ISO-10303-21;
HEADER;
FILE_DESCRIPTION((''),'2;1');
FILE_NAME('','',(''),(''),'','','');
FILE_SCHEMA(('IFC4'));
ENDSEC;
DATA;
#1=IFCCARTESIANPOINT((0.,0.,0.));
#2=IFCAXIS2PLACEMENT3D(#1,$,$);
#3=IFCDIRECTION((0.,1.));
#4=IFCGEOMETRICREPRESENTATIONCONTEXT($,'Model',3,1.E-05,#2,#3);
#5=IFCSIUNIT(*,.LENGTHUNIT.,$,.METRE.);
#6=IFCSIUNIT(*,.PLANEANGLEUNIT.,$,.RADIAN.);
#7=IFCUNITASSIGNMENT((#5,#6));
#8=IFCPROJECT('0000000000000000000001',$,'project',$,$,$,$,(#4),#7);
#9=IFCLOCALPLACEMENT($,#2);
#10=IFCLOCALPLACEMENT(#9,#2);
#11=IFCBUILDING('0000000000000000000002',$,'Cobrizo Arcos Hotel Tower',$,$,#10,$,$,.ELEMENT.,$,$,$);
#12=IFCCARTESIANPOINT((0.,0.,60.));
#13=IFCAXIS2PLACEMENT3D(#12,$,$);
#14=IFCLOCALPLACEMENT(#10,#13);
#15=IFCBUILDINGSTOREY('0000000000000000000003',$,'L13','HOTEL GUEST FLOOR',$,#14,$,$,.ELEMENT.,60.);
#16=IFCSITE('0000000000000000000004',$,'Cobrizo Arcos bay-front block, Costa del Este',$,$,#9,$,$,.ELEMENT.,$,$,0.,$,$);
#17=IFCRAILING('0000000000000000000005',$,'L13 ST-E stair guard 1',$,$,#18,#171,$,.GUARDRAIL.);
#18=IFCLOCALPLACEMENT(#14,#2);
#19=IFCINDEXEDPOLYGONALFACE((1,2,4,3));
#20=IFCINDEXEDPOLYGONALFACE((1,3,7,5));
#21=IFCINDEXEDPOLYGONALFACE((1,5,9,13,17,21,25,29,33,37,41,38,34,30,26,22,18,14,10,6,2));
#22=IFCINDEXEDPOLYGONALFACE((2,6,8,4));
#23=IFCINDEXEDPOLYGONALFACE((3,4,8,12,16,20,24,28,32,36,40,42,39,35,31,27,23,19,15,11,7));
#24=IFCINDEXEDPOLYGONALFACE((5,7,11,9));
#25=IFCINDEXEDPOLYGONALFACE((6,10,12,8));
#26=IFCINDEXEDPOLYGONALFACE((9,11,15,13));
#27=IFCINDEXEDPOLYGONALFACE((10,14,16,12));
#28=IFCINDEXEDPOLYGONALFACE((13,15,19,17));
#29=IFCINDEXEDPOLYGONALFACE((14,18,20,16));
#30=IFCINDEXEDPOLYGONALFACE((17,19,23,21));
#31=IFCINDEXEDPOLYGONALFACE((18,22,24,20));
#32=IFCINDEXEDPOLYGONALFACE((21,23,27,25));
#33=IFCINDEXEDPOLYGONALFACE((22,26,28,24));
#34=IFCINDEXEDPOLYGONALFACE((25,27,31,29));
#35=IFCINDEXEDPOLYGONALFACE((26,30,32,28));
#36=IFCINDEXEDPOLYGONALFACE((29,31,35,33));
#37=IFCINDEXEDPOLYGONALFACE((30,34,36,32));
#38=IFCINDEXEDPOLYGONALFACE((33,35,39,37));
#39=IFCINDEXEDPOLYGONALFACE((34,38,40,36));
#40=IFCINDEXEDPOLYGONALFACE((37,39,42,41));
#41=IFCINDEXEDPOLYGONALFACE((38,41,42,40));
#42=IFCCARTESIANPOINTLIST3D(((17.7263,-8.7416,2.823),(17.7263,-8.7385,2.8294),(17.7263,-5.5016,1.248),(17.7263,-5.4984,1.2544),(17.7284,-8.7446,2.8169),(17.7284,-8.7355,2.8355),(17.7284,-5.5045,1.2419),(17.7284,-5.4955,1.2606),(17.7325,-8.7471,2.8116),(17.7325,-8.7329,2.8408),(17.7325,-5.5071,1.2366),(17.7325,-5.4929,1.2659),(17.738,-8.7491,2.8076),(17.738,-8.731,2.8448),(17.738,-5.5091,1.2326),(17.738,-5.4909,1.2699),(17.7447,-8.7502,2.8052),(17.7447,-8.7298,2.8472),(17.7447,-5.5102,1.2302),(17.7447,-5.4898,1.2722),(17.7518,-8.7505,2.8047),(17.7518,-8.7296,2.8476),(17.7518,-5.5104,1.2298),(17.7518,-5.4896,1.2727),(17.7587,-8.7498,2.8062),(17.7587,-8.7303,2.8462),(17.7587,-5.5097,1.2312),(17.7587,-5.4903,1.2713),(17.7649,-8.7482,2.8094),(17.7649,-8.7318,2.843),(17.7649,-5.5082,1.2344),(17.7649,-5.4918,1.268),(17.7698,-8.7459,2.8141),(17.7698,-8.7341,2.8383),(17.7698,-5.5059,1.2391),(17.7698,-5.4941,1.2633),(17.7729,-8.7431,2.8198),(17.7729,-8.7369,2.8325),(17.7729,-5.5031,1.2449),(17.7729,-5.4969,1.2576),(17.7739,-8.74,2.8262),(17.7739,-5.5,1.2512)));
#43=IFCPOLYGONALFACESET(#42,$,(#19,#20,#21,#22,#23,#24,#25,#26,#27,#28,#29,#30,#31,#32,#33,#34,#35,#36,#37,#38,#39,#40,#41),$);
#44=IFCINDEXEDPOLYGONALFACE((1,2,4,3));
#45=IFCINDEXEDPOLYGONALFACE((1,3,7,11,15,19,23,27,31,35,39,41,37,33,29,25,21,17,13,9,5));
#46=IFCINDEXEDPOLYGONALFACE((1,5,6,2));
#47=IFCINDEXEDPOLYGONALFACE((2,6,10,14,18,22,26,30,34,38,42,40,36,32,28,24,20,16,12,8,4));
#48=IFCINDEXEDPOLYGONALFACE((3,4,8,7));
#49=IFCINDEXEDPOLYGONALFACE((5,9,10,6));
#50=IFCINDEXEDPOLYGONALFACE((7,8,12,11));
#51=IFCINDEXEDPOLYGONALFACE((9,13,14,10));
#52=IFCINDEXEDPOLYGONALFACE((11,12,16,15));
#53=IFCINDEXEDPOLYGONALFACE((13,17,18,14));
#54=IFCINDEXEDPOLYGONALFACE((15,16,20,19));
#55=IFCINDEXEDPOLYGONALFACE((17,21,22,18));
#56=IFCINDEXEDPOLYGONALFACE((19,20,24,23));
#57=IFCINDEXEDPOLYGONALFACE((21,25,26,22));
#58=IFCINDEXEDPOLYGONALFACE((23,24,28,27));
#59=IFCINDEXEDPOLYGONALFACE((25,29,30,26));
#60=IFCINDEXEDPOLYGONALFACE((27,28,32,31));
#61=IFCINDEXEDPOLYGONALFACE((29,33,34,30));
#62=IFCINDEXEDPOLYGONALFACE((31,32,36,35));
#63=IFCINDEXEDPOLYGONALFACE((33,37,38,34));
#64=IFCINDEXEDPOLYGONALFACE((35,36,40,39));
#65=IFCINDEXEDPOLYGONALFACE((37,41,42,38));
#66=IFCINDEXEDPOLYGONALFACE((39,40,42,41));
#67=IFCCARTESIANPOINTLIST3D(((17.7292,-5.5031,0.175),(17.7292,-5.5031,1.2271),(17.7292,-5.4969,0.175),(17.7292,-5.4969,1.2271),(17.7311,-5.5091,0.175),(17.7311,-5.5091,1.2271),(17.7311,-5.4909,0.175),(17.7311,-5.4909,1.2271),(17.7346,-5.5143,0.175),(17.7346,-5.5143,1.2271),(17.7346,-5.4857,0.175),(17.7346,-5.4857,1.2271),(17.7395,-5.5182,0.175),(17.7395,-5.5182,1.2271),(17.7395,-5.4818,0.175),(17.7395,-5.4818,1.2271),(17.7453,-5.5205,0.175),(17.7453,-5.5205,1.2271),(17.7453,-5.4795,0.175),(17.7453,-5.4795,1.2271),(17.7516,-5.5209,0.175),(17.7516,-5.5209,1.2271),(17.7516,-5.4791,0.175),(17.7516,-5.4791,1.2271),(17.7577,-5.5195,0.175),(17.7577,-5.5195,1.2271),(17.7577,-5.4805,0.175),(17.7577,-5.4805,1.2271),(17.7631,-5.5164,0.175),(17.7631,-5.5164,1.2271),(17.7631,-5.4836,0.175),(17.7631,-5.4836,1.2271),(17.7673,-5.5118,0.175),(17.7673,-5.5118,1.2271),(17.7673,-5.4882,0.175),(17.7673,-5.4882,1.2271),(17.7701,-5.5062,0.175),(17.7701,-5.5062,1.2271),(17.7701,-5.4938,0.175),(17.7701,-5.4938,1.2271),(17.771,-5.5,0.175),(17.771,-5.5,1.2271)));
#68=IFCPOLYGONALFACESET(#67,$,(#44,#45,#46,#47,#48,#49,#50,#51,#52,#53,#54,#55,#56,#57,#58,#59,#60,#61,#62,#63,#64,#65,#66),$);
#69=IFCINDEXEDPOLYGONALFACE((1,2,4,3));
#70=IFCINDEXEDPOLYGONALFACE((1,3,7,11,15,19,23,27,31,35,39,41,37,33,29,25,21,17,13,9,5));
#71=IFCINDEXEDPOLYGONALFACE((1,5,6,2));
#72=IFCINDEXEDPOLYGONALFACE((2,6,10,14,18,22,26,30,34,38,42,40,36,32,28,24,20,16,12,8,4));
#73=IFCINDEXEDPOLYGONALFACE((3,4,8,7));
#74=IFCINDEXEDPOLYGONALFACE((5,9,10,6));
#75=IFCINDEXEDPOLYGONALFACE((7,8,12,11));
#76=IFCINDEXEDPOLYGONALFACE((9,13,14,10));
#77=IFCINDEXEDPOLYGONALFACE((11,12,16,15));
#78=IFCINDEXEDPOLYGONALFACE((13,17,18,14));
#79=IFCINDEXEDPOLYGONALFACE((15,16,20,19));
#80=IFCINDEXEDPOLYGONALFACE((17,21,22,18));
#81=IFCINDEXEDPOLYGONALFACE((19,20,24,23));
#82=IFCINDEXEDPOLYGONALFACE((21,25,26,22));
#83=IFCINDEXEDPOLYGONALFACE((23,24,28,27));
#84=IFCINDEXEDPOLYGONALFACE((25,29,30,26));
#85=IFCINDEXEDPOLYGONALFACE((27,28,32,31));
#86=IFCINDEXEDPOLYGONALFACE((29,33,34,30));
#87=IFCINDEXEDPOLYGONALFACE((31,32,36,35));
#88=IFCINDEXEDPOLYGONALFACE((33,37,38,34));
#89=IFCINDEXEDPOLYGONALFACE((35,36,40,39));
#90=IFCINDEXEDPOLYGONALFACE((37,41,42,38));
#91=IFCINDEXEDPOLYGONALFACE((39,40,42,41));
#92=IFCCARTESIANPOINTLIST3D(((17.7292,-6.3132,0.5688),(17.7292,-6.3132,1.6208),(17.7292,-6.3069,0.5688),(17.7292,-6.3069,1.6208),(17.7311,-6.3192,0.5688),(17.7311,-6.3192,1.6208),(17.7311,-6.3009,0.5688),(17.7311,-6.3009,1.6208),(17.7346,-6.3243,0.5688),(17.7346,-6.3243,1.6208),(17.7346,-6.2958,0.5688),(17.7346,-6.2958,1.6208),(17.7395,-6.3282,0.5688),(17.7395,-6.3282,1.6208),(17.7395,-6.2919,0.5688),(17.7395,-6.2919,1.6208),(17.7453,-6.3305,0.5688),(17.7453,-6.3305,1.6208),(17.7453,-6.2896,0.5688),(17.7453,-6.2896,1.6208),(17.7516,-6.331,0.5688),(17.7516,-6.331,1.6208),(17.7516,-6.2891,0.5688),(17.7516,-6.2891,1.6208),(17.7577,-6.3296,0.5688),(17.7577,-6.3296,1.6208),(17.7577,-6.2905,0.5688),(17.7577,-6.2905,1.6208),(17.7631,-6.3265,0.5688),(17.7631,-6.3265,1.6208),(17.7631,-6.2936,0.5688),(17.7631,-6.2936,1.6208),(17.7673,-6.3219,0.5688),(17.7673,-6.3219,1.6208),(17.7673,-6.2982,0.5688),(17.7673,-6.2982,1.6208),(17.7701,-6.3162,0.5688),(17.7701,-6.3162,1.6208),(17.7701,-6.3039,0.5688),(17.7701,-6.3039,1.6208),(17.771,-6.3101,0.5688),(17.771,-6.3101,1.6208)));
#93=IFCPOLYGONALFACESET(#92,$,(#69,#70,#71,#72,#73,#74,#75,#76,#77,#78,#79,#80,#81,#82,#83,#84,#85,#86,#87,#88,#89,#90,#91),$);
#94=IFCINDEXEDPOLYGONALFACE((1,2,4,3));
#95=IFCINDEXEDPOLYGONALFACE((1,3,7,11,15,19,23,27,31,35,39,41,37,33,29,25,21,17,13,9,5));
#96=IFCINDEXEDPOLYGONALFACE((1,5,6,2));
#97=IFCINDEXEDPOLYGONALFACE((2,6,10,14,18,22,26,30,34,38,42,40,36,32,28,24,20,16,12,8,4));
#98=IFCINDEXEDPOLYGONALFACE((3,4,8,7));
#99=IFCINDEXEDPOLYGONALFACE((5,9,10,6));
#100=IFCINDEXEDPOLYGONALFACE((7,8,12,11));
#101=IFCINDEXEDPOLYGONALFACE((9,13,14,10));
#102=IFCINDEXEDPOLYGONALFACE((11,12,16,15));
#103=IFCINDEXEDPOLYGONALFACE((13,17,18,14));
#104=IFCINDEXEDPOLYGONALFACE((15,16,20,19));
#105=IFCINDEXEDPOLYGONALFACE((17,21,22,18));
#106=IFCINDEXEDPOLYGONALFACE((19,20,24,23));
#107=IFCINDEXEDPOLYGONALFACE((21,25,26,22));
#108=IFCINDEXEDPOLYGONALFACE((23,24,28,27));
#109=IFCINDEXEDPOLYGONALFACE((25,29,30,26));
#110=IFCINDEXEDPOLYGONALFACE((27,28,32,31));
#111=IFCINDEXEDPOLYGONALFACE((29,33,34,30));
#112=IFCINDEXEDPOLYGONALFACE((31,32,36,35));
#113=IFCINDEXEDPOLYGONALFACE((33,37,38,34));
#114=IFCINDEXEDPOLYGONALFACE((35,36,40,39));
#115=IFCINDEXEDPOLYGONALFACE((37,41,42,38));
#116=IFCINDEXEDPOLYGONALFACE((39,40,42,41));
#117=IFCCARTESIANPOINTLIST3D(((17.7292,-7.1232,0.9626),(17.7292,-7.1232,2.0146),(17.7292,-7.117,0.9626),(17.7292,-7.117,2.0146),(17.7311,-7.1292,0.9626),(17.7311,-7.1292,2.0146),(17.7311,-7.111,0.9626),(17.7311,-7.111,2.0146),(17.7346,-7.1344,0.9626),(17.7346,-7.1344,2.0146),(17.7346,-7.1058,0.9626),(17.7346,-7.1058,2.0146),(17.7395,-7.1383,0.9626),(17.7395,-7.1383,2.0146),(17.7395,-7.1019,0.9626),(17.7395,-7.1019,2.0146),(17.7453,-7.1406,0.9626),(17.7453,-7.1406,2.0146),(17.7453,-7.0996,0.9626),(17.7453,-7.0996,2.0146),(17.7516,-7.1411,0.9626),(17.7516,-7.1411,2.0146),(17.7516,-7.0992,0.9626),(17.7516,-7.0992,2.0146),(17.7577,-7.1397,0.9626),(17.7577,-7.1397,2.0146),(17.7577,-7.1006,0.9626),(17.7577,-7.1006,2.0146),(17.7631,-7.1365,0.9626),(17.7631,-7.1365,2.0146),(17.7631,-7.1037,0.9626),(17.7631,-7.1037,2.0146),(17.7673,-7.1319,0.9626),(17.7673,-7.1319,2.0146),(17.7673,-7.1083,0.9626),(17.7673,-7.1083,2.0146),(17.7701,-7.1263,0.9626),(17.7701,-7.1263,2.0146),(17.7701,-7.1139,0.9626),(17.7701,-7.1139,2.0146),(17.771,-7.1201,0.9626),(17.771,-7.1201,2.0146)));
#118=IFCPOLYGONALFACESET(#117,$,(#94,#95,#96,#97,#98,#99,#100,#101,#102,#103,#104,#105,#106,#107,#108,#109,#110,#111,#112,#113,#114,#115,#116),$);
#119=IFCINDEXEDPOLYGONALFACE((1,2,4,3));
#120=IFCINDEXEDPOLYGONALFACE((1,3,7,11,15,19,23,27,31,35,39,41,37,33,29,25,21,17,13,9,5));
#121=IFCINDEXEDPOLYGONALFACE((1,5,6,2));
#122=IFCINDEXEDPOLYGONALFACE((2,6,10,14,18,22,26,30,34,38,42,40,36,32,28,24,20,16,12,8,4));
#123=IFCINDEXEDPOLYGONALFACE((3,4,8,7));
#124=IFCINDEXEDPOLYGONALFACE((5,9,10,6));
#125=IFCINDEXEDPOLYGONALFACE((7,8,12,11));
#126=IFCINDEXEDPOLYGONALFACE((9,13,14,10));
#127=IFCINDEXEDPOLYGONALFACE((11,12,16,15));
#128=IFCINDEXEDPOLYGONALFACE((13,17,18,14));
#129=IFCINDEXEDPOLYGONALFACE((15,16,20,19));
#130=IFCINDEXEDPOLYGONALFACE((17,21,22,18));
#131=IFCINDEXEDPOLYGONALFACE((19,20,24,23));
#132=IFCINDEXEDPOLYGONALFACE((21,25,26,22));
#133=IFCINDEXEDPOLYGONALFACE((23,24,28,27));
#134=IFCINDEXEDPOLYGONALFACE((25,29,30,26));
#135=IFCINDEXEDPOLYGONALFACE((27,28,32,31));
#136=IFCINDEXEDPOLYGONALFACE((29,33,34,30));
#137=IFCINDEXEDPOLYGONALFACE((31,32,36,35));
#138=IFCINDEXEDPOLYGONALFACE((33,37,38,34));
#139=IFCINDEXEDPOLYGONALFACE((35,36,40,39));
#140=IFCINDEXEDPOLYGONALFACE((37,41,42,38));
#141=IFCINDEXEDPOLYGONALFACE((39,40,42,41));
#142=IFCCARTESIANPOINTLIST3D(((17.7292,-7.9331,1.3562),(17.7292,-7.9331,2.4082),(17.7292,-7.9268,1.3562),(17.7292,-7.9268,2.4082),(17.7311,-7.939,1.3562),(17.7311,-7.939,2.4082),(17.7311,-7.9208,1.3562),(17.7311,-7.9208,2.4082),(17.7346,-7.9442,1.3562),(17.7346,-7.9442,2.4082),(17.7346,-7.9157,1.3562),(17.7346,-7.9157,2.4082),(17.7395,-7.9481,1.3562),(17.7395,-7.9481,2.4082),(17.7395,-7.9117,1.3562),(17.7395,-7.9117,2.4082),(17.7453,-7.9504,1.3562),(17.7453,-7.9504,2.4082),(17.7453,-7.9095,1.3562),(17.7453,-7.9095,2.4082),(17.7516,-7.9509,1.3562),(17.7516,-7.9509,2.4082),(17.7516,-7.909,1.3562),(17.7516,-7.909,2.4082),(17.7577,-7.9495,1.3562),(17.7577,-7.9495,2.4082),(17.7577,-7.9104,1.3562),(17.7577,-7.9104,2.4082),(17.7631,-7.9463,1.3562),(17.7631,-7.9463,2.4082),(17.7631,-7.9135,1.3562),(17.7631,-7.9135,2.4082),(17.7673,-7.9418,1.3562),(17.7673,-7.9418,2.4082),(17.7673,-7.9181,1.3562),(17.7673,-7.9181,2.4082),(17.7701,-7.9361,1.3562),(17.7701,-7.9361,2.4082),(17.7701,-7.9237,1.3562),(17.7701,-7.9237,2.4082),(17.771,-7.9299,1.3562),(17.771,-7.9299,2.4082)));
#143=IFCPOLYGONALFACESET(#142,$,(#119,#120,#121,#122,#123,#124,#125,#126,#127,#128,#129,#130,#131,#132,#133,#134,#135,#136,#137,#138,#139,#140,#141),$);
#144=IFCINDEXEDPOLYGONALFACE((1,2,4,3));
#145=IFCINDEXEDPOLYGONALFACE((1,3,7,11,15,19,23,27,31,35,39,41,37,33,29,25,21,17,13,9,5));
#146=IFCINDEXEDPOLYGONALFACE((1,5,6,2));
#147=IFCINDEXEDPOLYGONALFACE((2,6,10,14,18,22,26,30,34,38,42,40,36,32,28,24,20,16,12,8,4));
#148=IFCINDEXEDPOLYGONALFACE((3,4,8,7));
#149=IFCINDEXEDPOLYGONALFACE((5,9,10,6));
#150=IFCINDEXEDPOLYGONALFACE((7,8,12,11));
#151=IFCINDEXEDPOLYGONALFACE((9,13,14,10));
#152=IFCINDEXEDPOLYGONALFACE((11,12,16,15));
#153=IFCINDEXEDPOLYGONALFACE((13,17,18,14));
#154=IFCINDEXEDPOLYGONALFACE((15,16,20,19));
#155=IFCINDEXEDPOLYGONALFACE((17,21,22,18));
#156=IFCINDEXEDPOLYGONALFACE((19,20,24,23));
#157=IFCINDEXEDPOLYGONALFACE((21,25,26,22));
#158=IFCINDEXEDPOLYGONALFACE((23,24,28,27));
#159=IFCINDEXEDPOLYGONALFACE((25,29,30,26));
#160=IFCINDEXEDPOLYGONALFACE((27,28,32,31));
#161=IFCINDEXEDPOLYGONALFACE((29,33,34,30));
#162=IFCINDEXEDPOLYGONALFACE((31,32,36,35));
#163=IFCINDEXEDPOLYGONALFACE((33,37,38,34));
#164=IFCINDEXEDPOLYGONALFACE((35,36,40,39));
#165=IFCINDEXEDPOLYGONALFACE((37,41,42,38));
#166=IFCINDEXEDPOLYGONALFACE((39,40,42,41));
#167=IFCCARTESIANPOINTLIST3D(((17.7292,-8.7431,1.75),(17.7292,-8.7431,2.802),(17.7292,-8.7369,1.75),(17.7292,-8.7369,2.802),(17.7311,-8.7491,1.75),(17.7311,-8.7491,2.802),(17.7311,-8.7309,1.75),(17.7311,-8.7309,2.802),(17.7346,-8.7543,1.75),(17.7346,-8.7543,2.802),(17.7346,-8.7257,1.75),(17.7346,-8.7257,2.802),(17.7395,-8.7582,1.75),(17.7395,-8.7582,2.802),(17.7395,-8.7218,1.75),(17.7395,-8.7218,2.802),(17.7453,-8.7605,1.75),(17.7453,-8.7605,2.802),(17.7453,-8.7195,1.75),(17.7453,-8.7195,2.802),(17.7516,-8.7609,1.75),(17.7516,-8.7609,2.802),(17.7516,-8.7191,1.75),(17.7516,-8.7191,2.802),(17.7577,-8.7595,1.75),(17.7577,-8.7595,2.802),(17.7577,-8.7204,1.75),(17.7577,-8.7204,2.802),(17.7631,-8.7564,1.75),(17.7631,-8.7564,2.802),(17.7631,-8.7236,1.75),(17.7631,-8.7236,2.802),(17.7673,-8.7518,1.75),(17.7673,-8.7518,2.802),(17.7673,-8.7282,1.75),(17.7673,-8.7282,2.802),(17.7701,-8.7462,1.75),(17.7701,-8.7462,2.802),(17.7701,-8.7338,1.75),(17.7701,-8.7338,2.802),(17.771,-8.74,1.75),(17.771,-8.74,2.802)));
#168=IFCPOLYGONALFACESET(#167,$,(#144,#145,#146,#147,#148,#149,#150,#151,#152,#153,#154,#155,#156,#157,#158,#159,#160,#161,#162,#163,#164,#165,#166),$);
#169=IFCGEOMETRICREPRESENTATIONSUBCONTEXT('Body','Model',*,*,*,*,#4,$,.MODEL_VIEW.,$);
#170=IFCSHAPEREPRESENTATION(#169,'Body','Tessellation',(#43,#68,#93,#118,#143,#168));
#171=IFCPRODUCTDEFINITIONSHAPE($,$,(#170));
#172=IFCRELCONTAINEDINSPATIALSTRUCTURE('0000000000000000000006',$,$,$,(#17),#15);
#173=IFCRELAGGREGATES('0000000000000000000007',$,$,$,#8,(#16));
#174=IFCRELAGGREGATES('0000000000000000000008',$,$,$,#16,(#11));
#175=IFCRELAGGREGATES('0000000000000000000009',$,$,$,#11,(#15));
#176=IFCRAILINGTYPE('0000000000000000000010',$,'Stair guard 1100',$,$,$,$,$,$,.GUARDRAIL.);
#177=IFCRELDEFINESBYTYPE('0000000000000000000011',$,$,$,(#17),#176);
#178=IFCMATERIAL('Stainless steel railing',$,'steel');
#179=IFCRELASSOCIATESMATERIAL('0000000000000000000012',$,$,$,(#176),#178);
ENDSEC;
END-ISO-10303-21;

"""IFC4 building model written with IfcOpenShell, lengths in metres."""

from ifc_helpers import new_model, si_unit, direction, frame, origin, origin_2d, place, context, subcontext, project, spatial, circle, extrude, material, type_object, element, save


model = new_model("IFC4")

# Units and contexts
model_context = context("Model", 3, precision=1e-05, world=origin(), true_north=direction((0.0, 1.0)))
body_context = subcontext(model_context, "Body", "Model", "MODEL_VIEW")
ifc_project = project(units=[si_unit("LENGTHUNIT", "METRE"), si_unit("PLANEANGLEUNIT", "RADIAN")], contexts=[model_context])

# Site, building, storey
site_placement = place(None, origin())
site = spatial("IfcSite", under=ifc_project, at=site_placement, Name="Cobrizo Arcos bay-front block, Costa del Este", CompositionType="ELEMENT", RefElevation=0.0)
building_placement = place(site_placement, origin())
building = spatial("IfcBuilding", under=site, at=building_placement, Name="Cobrizo Arcos Hotel Tower", CompositionType="ELEMENT")
storey_placement = place(building_placement, frame((0.0, 0.0, 60.0)))
storey = spatial("IfcBuildingStorey", under=building, at=storey_placement, Name="L13", Description="HOTEL GUEST FLOOR", CompositionType="ELEMENT", Elevation=60.0)

# Railing
ifc_material_1 = material(Name="Stainless steel railing", Category="steel")
railing_type_1 = type_object("IfcRailingType", Name="Stair guard 1100", PredefinedType="GUARDRAIL", material=ifc_material_1)
railing_1_placement = place(storey_placement, frame((17.75, -5.5, 0.175)))
element("IfcRailing", 1, at=railing_1_placement, inside=storey, type_object=railing_type_1, Name="L13 ST-E stair guard 1", PredefinedType="GUARDRAIL", context=body_context, shape_type="SweptSolid", body=[
    extrude(circle(Radius=0.0239, at=origin_2d()), frame((0.0, 0.0, 1.0762), z_axis=(0.0, -0.899373, 0.437183), x_axis=(1.0, 0.0, 0.0)), (0.0, 0.0, 1.0), 3.6025),
    extrude(circle(Radius=0.021, at=origin_2d()), origin(), (0.0, 0.0, 1.0), 1.052),
    extrude(circle(Radius=0.021, at=origin_2d()), frame((0.0, -0.8101, 0.3938)), (0.0, 0.0, 1.0), 1.052),
    extrude(circle(Radius=0.021, at=origin_2d()), frame((0.0, -1.6201, 0.7876)), (0.0, 0.0, 1.0), 1.052),
    extrude(circle(Radius=0.021, at=origin_2d()), frame((0.0, -2.4299, 1.1812)), (0.0, 0.0, 1.0), 1.052),
    extrude(circle(Radius=0.021, at=origin_2d()), frame((0.0, -3.24, 1.575)), (0.0, 0.0, 1.0), 1.052),
])

save(model, "model.ifc")
